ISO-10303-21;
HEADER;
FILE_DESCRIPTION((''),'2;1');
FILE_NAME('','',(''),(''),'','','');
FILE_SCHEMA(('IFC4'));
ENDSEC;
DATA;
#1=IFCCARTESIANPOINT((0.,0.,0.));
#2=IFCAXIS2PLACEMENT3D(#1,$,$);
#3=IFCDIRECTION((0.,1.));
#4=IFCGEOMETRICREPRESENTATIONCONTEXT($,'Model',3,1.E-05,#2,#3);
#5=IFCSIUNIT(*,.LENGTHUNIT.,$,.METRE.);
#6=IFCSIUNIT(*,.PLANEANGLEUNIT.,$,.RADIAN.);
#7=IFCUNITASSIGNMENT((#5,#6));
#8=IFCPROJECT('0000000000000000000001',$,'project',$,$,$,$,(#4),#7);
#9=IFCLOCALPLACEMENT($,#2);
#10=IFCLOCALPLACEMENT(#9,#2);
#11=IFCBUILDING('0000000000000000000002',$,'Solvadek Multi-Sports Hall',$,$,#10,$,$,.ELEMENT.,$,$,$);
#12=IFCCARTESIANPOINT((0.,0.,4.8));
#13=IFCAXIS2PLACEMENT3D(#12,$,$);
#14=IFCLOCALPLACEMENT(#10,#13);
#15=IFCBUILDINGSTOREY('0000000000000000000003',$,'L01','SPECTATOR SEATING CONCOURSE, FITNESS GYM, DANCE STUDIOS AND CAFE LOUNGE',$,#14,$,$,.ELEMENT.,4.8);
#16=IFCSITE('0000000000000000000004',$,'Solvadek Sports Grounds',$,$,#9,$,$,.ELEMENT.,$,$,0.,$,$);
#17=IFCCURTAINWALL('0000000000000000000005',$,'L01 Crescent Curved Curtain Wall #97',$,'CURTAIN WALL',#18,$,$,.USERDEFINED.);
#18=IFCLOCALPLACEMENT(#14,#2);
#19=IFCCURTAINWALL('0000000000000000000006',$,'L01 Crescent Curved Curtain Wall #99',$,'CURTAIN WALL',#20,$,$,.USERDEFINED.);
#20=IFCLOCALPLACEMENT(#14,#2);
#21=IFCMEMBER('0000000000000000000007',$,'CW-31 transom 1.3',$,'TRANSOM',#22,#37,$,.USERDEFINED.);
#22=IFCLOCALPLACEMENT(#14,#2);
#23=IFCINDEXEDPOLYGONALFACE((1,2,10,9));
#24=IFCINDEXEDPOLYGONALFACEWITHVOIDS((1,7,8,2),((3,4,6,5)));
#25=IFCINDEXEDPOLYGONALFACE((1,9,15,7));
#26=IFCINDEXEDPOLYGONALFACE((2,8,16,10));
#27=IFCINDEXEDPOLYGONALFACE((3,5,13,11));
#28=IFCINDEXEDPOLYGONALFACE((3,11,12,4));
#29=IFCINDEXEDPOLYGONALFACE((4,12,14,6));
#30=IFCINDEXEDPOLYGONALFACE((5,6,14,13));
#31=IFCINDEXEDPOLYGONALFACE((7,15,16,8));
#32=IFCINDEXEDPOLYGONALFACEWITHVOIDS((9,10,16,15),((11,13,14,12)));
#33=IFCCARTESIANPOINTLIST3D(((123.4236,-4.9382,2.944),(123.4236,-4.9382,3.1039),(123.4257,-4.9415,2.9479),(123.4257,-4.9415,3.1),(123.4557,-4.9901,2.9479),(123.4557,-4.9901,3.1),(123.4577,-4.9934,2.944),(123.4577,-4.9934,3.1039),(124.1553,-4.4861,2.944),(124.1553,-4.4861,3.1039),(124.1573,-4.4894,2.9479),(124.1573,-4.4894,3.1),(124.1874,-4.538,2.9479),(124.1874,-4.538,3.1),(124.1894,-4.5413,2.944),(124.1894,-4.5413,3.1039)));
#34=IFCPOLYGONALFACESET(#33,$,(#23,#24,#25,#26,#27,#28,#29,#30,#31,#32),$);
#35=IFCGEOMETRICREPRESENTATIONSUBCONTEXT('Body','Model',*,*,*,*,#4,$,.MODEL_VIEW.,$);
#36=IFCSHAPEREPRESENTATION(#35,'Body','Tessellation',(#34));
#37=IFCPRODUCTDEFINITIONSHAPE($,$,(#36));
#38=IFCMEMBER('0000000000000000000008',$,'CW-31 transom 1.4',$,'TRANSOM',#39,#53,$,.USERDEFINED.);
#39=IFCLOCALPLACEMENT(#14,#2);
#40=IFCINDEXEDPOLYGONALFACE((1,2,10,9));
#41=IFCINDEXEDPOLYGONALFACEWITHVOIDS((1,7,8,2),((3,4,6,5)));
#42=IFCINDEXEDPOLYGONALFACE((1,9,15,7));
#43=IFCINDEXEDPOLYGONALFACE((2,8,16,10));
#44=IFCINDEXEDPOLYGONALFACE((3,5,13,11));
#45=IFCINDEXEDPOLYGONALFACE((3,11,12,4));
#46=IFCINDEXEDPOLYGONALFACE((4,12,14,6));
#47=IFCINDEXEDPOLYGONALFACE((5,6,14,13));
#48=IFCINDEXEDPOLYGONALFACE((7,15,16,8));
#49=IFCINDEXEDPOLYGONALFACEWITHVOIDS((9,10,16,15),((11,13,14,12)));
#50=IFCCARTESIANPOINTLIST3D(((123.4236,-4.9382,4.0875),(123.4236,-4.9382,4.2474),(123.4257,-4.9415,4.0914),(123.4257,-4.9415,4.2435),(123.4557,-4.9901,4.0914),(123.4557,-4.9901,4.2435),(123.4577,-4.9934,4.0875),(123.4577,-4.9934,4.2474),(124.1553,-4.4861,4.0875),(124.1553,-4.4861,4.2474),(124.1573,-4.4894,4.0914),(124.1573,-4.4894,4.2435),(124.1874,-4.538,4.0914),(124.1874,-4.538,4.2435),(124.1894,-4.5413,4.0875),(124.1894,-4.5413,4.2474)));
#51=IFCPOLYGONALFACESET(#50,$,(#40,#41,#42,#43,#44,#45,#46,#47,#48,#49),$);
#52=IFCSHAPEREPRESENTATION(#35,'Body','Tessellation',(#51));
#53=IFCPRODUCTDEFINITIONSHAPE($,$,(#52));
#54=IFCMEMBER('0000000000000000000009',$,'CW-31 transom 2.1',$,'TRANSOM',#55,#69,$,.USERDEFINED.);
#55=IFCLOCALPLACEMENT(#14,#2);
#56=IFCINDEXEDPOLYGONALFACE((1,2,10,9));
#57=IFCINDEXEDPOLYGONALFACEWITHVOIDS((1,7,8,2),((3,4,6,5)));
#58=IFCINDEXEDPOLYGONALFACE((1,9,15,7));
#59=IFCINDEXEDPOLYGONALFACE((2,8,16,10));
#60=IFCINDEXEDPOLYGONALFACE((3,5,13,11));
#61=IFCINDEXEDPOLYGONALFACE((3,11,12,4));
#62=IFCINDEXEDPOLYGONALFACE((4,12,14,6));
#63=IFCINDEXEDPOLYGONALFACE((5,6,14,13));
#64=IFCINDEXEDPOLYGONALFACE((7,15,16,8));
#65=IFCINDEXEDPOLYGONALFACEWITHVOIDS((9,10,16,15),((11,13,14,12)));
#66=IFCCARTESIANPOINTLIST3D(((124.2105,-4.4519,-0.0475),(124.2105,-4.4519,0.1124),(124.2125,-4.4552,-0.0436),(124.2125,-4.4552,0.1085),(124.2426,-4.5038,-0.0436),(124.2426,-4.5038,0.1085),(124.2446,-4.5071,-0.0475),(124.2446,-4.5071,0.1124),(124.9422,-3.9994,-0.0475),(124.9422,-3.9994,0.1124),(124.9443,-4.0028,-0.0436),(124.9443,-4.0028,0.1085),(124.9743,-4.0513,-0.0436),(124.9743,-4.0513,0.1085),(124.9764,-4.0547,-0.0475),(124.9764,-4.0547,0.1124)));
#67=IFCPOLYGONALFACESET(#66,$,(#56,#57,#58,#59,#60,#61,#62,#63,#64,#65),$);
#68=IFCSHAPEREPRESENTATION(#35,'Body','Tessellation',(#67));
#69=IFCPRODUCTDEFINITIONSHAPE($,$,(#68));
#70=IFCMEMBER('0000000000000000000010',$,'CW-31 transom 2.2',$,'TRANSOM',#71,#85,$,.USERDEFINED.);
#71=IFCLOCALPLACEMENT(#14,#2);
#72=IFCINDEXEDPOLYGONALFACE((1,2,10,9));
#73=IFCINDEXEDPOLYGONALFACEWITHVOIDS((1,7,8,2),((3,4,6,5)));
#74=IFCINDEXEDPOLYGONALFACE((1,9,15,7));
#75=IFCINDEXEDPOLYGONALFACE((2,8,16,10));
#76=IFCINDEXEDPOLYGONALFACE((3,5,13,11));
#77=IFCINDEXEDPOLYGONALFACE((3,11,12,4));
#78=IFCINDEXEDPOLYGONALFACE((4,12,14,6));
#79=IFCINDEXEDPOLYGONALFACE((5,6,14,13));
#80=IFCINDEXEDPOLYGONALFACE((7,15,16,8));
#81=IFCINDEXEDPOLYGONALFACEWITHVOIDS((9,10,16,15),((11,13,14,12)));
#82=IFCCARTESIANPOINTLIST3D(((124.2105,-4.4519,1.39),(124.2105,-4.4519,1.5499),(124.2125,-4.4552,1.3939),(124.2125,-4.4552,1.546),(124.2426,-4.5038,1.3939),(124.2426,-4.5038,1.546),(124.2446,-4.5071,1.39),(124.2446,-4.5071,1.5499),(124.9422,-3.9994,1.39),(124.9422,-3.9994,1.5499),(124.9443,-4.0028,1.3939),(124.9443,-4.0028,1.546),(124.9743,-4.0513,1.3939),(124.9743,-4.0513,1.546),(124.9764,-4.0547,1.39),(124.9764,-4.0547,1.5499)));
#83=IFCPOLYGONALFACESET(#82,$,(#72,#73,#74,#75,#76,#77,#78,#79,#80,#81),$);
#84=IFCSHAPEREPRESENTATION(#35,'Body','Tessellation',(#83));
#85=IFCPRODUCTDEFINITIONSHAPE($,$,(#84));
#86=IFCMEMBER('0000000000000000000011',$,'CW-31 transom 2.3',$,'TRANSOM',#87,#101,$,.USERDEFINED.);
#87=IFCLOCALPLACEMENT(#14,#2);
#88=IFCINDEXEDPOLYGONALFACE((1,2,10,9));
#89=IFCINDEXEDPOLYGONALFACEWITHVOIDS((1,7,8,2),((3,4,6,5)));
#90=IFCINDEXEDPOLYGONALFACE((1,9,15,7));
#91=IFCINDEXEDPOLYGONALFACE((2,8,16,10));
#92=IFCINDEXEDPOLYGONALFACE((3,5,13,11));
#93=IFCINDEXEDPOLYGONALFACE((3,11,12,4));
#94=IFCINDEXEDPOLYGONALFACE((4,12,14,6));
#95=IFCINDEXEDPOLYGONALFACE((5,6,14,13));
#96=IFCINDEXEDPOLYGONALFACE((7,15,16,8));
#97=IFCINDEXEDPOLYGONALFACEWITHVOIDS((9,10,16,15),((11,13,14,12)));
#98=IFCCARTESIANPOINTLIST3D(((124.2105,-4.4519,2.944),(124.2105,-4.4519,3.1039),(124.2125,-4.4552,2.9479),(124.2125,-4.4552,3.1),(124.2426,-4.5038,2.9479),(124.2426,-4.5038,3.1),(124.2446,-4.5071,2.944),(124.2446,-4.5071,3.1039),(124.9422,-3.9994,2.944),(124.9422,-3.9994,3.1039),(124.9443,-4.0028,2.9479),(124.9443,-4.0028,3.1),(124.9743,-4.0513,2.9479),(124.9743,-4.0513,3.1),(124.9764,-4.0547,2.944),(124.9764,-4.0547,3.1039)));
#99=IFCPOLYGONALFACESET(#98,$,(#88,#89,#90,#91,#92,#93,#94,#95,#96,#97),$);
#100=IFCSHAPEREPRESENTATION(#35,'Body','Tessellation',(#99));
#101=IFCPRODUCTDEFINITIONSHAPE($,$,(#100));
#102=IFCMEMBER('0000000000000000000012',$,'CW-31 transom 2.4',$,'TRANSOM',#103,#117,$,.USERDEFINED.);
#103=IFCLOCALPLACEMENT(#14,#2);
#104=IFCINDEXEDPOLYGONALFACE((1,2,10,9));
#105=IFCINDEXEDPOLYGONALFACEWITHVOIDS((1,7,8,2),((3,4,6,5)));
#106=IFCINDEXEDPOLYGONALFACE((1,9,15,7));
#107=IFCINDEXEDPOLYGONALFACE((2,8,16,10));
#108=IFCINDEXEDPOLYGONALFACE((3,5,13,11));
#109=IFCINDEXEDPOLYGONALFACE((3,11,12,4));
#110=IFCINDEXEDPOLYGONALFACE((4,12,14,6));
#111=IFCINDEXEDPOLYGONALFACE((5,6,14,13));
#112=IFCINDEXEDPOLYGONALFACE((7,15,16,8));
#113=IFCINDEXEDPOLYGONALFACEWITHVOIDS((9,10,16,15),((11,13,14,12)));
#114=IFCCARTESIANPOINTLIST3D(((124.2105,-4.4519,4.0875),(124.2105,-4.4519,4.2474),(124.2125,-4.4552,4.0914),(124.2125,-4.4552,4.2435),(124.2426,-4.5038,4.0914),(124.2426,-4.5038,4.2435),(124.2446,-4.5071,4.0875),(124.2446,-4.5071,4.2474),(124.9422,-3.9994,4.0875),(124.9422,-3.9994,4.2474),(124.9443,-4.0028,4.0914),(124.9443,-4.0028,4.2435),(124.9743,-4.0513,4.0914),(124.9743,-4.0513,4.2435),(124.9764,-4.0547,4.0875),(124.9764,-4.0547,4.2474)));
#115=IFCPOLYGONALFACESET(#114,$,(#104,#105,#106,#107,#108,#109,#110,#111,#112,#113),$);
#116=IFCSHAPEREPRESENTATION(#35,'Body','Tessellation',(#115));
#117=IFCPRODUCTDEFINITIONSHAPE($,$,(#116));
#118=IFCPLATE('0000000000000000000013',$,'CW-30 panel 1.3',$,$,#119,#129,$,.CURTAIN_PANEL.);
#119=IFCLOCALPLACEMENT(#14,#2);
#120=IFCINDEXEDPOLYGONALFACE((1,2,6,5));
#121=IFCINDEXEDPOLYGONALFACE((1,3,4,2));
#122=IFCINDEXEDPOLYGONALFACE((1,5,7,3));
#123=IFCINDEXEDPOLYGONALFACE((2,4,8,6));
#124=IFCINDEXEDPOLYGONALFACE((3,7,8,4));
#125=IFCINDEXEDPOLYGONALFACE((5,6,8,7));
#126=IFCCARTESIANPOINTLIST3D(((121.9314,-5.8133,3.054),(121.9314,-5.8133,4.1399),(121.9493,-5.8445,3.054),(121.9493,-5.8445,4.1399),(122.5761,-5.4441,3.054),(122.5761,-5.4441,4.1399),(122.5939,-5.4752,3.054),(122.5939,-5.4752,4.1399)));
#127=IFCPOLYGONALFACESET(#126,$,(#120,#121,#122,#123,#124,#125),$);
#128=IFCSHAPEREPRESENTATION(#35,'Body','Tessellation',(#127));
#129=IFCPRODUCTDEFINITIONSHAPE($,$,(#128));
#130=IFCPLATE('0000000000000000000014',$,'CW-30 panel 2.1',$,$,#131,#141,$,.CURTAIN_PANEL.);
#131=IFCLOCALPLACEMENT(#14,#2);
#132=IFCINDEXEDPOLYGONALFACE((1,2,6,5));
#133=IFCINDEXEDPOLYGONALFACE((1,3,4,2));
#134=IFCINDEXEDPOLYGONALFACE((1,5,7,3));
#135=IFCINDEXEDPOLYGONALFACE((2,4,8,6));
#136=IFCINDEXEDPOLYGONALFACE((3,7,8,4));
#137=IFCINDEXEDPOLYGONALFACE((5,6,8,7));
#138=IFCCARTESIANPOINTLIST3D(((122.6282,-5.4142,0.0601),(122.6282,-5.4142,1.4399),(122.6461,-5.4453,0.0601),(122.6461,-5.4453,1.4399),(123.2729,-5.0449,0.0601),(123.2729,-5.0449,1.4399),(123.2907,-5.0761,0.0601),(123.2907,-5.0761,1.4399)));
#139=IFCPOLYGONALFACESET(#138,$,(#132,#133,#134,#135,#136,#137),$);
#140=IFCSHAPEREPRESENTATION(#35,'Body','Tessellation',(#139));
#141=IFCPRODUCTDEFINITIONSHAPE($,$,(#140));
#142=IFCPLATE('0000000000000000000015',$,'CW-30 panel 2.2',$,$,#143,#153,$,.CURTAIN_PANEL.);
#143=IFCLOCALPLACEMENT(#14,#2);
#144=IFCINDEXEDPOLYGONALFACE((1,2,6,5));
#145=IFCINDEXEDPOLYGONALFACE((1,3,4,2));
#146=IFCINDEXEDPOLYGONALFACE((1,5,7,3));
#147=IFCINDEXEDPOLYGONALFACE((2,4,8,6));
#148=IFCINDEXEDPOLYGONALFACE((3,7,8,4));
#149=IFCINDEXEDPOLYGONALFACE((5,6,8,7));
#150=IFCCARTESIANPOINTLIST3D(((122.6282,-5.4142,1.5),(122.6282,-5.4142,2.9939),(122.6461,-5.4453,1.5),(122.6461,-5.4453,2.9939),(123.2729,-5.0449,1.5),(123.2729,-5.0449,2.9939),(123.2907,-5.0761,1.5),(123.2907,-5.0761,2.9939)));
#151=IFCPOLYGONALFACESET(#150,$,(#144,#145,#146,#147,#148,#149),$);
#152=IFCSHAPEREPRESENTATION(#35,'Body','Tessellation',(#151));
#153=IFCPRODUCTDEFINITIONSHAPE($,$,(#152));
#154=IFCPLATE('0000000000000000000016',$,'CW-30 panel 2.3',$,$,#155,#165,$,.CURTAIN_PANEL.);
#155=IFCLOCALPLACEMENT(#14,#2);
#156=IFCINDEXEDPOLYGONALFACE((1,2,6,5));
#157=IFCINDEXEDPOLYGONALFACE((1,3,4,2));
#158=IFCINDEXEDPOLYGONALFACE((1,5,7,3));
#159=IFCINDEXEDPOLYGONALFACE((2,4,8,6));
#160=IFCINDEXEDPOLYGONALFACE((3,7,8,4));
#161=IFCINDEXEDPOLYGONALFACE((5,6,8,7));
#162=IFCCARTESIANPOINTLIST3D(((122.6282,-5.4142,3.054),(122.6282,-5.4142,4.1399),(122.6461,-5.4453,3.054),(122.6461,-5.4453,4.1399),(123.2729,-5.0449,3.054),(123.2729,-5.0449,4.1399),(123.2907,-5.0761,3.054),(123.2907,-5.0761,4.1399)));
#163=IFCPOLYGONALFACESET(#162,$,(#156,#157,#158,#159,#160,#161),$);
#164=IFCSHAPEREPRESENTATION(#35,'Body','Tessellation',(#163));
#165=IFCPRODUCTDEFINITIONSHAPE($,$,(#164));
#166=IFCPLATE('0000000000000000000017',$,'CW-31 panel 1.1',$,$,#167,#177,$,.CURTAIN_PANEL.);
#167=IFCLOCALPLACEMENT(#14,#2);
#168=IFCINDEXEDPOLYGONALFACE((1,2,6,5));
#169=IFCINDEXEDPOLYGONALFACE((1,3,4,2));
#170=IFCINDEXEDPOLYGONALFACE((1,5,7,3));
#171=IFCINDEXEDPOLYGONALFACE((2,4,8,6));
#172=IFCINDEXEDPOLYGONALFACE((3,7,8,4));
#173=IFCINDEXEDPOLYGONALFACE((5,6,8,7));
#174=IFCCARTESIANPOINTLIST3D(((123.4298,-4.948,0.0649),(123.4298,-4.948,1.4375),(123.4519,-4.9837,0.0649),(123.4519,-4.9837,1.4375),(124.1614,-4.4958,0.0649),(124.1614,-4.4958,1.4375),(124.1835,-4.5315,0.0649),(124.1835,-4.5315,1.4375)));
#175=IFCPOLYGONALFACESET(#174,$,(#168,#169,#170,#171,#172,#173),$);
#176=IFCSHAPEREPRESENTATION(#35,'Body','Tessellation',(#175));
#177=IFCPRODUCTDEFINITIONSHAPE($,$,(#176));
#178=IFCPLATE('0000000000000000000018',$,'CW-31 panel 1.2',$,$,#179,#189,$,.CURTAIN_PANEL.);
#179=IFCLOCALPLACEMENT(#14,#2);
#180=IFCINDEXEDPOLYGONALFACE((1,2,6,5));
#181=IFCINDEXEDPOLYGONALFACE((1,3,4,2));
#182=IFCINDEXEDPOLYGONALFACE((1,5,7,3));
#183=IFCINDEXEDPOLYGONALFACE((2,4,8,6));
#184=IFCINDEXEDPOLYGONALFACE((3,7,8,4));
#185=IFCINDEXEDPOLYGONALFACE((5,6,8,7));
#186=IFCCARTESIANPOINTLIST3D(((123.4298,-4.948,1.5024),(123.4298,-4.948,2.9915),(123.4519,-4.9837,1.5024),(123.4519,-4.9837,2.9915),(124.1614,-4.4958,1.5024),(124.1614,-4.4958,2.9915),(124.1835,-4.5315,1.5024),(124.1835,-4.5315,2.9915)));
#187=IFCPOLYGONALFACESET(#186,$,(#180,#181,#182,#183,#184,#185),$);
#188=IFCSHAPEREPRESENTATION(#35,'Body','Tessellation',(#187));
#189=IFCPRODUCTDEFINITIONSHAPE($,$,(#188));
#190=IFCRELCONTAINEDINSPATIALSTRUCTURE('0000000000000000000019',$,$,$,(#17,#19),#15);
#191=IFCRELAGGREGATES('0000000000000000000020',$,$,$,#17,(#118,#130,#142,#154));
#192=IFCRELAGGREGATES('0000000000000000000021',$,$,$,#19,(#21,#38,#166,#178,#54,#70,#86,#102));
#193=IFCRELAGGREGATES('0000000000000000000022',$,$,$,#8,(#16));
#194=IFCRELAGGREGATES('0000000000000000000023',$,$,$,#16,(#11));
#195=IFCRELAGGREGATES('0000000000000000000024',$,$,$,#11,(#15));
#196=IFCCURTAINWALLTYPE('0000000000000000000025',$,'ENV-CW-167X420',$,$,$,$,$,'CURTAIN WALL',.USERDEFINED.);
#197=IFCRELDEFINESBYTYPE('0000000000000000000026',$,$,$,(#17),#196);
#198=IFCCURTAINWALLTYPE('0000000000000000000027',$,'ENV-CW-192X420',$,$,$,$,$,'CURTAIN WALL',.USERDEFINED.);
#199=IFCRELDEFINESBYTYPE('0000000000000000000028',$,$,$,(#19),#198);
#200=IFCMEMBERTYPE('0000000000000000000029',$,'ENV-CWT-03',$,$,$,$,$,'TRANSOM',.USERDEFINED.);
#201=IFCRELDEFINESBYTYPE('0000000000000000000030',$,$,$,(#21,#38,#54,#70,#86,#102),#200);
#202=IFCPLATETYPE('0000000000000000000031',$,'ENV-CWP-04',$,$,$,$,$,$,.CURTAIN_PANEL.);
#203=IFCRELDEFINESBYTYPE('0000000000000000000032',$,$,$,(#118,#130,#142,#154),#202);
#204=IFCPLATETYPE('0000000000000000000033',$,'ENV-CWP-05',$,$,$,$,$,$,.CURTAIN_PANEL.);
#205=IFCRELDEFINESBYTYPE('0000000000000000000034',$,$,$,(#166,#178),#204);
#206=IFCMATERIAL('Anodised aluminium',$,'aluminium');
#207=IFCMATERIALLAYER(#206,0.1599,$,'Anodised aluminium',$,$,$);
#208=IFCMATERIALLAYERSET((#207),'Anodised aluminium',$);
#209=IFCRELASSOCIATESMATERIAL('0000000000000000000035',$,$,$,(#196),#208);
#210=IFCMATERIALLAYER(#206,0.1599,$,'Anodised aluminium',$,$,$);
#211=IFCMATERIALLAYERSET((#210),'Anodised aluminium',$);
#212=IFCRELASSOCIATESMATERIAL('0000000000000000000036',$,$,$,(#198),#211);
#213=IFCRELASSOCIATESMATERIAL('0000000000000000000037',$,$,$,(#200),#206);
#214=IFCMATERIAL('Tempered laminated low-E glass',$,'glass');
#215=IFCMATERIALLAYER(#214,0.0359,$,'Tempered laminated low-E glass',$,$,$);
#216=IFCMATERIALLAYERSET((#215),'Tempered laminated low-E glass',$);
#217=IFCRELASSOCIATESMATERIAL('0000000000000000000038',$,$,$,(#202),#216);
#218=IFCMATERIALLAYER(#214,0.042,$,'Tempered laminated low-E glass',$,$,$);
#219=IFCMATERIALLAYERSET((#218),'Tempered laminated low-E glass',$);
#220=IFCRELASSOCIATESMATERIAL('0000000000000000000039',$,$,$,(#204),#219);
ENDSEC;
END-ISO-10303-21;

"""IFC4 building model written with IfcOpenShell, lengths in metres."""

from ifc_helpers import new_model, si_unit, direction, frame, origin, origin_2d, place, context, subcontext, project, spatial, rectangle, hollow_rectangle, extrude, material, layer, layer_set, material_profile, profile_set, type_object, element, aggregate, save


model = new_model("IFC4")

# Units and contexts
model_context = context("Model", 3, precision=1e-05, world=origin(), true_north=direction((0.0, 1.0)))
body_context = subcontext(model_context, "Body", "Model", "MODEL_VIEW")
ifc_project = project(units=[si_unit("LENGTHUNIT", "METRE"), si_unit("PLANEANGLEUNIT", "RADIAN")], contexts=[model_context])

# Site, building, storey
site_placement = place(None, origin())
site = spatial("IfcSite", under=ifc_project, at=site_placement, Name="Solvadek Sports Grounds", CompositionType="ELEMENT", RefElevation=0.0)
building_placement = place(site_placement, origin())
building = spatial("IfcBuilding", under=site, at=building_placement, Name="Solvadek Multi-Sports Hall", CompositionType="ELEMENT")
storey_placement = place(building_placement, frame((0.0, 0.0, 4.8)))
storey = spatial("IfcBuildingStorey", under=building, at=storey_placement, Name="L01", Description="SPECTATOR SEATING CONCOURSE, FITNESS GYM, DANCE STUDIOS AND CAFE LOUNGE", CompositionType="ELEMENT", Elevation=4.8)

# Curtain walls
ifc_material_1 = material(Name="Anodised aluminium", Category="aluminium")
ifc_layer_1 = layer(ifc_material_1, 0.1599, Name="Anodised aluminium")
ifc_layer_set_1 = layer_set([ifc_layer_1], Name="Anodised aluminium")
curtain_wall_type_1 = type_object("IfcCurtainWallType", Name="ENV-CW-167X420", ElementType="CURTAIN WALL", PredefinedType="USERDEFINED", material=ifc_layer_set_1)
curtain_wall_1_placement = place(storey_placement, origin())
curtain_wall_1 = element("IfcCurtainWall", 1, at=curtain_wall_1_placement, inside=storey, type_object=curtain_wall_type_1, Name="L01 Crescent Curved Curtain Wall #97", ObjectType="CURTAIN WALL", PredefinedType="USERDEFINED")
ifc_layer_2 = layer(ifc_material_1, 0.1599, Name="Anodised aluminium")
ifc_layer_set_2 = layer_set([ifc_layer_2], Name="Anodised aluminium")
curtain_wall_type_2 = type_object("IfcCurtainWallType", Name="ENV-CW-192X420", ElementType="CURTAIN WALL", PredefinedType="USERDEFINED", material=ifc_layer_set_2)
curtain_wall_2_placement = place(storey_placement, origin())
curtain_wall_2 = element("IfcCurtainWall", 2, at=curtain_wall_2_placement, inside=storey, type_object=curtain_wall_type_2, Name="L01 Crescent Curved Curtain Wall #99", ObjectType="CURTAIN WALL", PredefinedType="USERDEFINED")

# Members
ifc_material_profile_1 = material_profile(ifc_material_1, hollow_rectangle(XDim=0.0649, YDim=0.1599, WallThickness=0.0039, at=origin_2d()), Name="ALU-T 160x65x4")
ifc_profile_set_1 = profile_set([ifc_material_profile_1], Name="Anodised aluminium")
member_type_1 = type_object("IfcMemberType", Name="ENV-CWT-03", ElementType="TRANSOM", PredefinedType="USERDEFINED", material=ifc_profile_set_1)
member_1_placement = place(storey_placement, frame((123.4407, -4.9658, 3.0239), z_axis=(0.850682, 0.52568, 0.0), x_axis=(-0.52568, 0.850682, 0.0)))
member_1 = element("IfcMember", 3, at=member_1_placement, type_object=member_type_1, Name="CW-31 transom 1.3", ObjectType="TRANSOM", PredefinedType="USERDEFINED", context=body_context, shape_type="SweptSolid", body=[
    extrude(hollow_rectangle(XDim=0.0649, YDim=0.1599, WallThickness=0.0039, at=origin_2d()), origin(), (0.0, 0.0, 1.0), 0.8601),
])
member_2_placement = place(storey_placement, frame((123.4407, -4.9658, 4.1675), z_axis=(0.850682, 0.52568, 0.0), x_axis=(-0.52568, 0.850682, 0.0)))
member_2 = element("IfcMember", 4, at=member_2_placement, type_object=member_type_1, Name="CW-31 transom 1.4", ObjectType="TRANSOM", PredefinedType="USERDEFINED", context=body_context, shape_type="SweptSolid", body=[
    extrude(hollow_rectangle(XDim=0.0649, YDim=0.1599, WallThickness=0.0039, at=origin_2d()), origin(), (0.0, 0.0, 1.0), 0.8601),
])
member_3_placement = place(storey_placement, frame((124.2275, -4.4795, 0.0325), z_axis=(0.850555, 0.525886, 0.0), x_axis=(-0.525886, 0.850555, 0.0)))
member_3 = element("IfcMember", 5, at=member_3_placement, type_object=member_type_1, Name="CW-31 transom 2.1", ObjectType="TRANSOM", PredefinedType="USERDEFINED", context=body_context, shape_type="SweptSolid", body=[
    extrude(hollow_rectangle(XDim=0.0649, YDim=0.1599, WallThickness=0.0039, at=origin_2d()), origin(), (0.0, 0.0, 1.0), 0.8604),
])
member_4_placement = place(storey_placement, frame((124.2275, -4.4795, 1.47), z_axis=(0.850555, 0.525886, 0.0), x_axis=(-0.525886, 0.850555, 0.0)))
member_4 = element("IfcMember", 6, at=member_4_placement, type_object=member_type_1, Name="CW-31 transom 2.2", ObjectType="TRANSOM", PredefinedType="USERDEFINED", context=body_context, shape_type="SweptSolid", body=[
    extrude(hollow_rectangle(XDim=0.0649, YDim=0.1599, WallThickness=0.0039, at=origin_2d()), origin(), (0.0, 0.0, 1.0), 0.8604),
])
member_5_placement = place(storey_placement, frame((124.2275, -4.4795, 3.0239), z_axis=(0.850555, 0.525886, 0.0), x_axis=(-0.525886, 0.850555, 0.0)))
member_5 = element("IfcMember", 7, at=member_5_placement, type_object=member_type_1, Name="CW-31 transom 2.3", ObjectType="TRANSOM", PredefinedType="USERDEFINED", context=body_context, shape_type="SweptSolid", body=[
    extrude(hollow_rectangle(XDim=0.0649, YDim=0.1599, WallThickness=0.0039, at=origin_2d()), origin(), (0.0, 0.0, 1.0), 0.8604),
])
member_6_placement = place(storey_placement, frame((124.2275, -4.4795, 4.1675), z_axis=(0.850555, 0.525886, 0.0), x_axis=(-0.525886, 0.850555, 0.0)))
member_6 = element("IfcMember", 8, at=member_6_placement, type_object=member_type_1, Name="CW-31 transom 2.4", ObjectType="TRANSOM", PredefinedType="USERDEFINED", context=body_context, shape_type="SweptSolid", body=[
    extrude(hollow_rectangle(XDim=0.0649, YDim=0.1599, WallThickness=0.0039, at=origin_2d()), origin(), (0.0, 0.0, 1.0), 0.8604),
])

# Plates
ifc_material_2 = material(Name="Tempered laminated low-E glass", Category="glass")
ifc_layer_3 = layer(ifc_material_2, 0.0359, Name="Tempered laminated low-E glass")
ifc_layer_set_3 = layer_set([ifc_layer_3], Name="Tempered laminated low-E glass")
plate_type_1 = type_object("IfcPlateType", Name="ENV-CWP-04", PredefinedType="CURTAIN_PANEL", material=ifc_layer_set_3)
plate_1_placement = place(storey_placement, frame((122.2627, -5.6443, 3.054), z_axis=(0.0, 0.0, 1.0), x_axis=(0.867755, 0.496992, 0.0)))
plate_1 = element("IfcPlate", 9, at=plate_1_placement, type_object=plate_type_1, Name="CW-30 panel 1.3", PredefinedType="CURTAIN_PANEL", context=body_context, shape_type="SweptSolid", body=[
    extrude(rectangle(XDim=0.7429, YDim=0.0359, at=origin_2d()), origin(), (0.0, 0.0, 1.0), 1.0859),
])
plate_2_placement = place(storey_placement, frame((122.9595, -5.2451, 0.0601), z_axis=(0.0, 0.0, 1.0), x_axis=(0.867755, 0.496992, 0.0)))
plate_2 = element("IfcPlate", 10, at=plate_2_placement, type_object=plate_type_1, Name="CW-30 panel 2.1", PredefinedType="CURTAIN_PANEL", context=body_context, shape_type="SweptSolid", body=[
    extrude(rectangle(XDim=0.7429, YDim=0.0359, at=origin_2d()), origin(), (0.0, 0.0, 1.0), 1.3799),
])
plate_3_placement = place(storey_placement, frame((122.9595, -5.2451, 1.5), z_axis=(0.0, 0.0, 1.0), x_axis=(0.867755, 0.496992, 0.0)))
plate_3 = element("IfcPlate", 11, at=plate_3_placement, type_object=plate_type_1, Name="CW-30 panel 2.2", PredefinedType="CURTAIN_PANEL", context=body_context, shape_type="SweptSolid", body=[
    extrude(rectangle(XDim=0.7429, YDim=0.0359, at=origin_2d()), origin(), (0.0, 0.0, 1.0), 1.4939),
])
plate_4_placement = place(storey_placement, frame((122.9595, -5.2451, 3.054), z_axis=(0.0, 0.0, 1.0), x_axis=(0.867755, 0.496992, 0.0)))
plate_4 = element("IfcPlate", 12, at=plate_4_placement, type_object=plate_type_1, Name="CW-30 panel 2.3", PredefinedType="CURTAIN_PANEL", context=body_context, shape_type="SweptSolid", body=[
    extrude(rectangle(XDim=0.7429, YDim=0.0359, at=origin_2d()), origin(), (0.0, 0.0, 1.0), 1.0859),
])
aggregate(curtain_wall_1, [plate_1, plate_2, plate_3, plate_4])
ifc_layer_4 = layer(ifc_material_2, 0.042, Name="Tempered laminated low-E glass")
ifc_layer_set_4 = layer_set([ifc_layer_4], Name="Tempered laminated low-E glass")
plate_type_2 = type_object("IfcPlateType", Name="ENV-CWP-05", PredefinedType="CURTAIN_PANEL", material=ifc_layer_set_4)
plate_5_placement = place(storey_placement, frame((123.8066, -4.7397, 0.0649), z_axis=(0.0, 0.0, 1.0), x_axis=(0.850599, 0.525815, 0.0)))
plate_5 = element("IfcPlate", 13, at=plate_5_placement, type_object=plate_type_2, Name="CW-31 panel 1.1", PredefinedType="CURTAIN_PANEL", context=body_context, shape_type="SweptSolid", body=[
    extrude(rectangle(XDim=0.8601, YDim=0.042, at=origin_2d()), origin(), (0.0, 0.0, 1.0), 1.3726),
])
plate_6_placement = place(storey_placement, frame((123.8066, -4.7397, 1.5024), z_axis=(0.0, 0.0, 1.0), x_axis=(0.850599, 0.525815, 0.0)))
plate_6 = element("IfcPlate", 14, at=plate_6_placement, type_object=plate_type_2, Name="CW-31 panel 1.2", PredefinedType="CURTAIN_PANEL", context=body_context, shape_type="SweptSolid", body=[
    extrude(rectangle(XDim=0.8601, YDim=0.042, at=origin_2d()), origin(), (0.0, 0.0, 1.0), 1.489),
])
aggregate(curtain_wall_2, [member_1, member_2, plate_5, plate_6, member_3, member_4, member_5, member_6])

save(model, "model.ifc")
